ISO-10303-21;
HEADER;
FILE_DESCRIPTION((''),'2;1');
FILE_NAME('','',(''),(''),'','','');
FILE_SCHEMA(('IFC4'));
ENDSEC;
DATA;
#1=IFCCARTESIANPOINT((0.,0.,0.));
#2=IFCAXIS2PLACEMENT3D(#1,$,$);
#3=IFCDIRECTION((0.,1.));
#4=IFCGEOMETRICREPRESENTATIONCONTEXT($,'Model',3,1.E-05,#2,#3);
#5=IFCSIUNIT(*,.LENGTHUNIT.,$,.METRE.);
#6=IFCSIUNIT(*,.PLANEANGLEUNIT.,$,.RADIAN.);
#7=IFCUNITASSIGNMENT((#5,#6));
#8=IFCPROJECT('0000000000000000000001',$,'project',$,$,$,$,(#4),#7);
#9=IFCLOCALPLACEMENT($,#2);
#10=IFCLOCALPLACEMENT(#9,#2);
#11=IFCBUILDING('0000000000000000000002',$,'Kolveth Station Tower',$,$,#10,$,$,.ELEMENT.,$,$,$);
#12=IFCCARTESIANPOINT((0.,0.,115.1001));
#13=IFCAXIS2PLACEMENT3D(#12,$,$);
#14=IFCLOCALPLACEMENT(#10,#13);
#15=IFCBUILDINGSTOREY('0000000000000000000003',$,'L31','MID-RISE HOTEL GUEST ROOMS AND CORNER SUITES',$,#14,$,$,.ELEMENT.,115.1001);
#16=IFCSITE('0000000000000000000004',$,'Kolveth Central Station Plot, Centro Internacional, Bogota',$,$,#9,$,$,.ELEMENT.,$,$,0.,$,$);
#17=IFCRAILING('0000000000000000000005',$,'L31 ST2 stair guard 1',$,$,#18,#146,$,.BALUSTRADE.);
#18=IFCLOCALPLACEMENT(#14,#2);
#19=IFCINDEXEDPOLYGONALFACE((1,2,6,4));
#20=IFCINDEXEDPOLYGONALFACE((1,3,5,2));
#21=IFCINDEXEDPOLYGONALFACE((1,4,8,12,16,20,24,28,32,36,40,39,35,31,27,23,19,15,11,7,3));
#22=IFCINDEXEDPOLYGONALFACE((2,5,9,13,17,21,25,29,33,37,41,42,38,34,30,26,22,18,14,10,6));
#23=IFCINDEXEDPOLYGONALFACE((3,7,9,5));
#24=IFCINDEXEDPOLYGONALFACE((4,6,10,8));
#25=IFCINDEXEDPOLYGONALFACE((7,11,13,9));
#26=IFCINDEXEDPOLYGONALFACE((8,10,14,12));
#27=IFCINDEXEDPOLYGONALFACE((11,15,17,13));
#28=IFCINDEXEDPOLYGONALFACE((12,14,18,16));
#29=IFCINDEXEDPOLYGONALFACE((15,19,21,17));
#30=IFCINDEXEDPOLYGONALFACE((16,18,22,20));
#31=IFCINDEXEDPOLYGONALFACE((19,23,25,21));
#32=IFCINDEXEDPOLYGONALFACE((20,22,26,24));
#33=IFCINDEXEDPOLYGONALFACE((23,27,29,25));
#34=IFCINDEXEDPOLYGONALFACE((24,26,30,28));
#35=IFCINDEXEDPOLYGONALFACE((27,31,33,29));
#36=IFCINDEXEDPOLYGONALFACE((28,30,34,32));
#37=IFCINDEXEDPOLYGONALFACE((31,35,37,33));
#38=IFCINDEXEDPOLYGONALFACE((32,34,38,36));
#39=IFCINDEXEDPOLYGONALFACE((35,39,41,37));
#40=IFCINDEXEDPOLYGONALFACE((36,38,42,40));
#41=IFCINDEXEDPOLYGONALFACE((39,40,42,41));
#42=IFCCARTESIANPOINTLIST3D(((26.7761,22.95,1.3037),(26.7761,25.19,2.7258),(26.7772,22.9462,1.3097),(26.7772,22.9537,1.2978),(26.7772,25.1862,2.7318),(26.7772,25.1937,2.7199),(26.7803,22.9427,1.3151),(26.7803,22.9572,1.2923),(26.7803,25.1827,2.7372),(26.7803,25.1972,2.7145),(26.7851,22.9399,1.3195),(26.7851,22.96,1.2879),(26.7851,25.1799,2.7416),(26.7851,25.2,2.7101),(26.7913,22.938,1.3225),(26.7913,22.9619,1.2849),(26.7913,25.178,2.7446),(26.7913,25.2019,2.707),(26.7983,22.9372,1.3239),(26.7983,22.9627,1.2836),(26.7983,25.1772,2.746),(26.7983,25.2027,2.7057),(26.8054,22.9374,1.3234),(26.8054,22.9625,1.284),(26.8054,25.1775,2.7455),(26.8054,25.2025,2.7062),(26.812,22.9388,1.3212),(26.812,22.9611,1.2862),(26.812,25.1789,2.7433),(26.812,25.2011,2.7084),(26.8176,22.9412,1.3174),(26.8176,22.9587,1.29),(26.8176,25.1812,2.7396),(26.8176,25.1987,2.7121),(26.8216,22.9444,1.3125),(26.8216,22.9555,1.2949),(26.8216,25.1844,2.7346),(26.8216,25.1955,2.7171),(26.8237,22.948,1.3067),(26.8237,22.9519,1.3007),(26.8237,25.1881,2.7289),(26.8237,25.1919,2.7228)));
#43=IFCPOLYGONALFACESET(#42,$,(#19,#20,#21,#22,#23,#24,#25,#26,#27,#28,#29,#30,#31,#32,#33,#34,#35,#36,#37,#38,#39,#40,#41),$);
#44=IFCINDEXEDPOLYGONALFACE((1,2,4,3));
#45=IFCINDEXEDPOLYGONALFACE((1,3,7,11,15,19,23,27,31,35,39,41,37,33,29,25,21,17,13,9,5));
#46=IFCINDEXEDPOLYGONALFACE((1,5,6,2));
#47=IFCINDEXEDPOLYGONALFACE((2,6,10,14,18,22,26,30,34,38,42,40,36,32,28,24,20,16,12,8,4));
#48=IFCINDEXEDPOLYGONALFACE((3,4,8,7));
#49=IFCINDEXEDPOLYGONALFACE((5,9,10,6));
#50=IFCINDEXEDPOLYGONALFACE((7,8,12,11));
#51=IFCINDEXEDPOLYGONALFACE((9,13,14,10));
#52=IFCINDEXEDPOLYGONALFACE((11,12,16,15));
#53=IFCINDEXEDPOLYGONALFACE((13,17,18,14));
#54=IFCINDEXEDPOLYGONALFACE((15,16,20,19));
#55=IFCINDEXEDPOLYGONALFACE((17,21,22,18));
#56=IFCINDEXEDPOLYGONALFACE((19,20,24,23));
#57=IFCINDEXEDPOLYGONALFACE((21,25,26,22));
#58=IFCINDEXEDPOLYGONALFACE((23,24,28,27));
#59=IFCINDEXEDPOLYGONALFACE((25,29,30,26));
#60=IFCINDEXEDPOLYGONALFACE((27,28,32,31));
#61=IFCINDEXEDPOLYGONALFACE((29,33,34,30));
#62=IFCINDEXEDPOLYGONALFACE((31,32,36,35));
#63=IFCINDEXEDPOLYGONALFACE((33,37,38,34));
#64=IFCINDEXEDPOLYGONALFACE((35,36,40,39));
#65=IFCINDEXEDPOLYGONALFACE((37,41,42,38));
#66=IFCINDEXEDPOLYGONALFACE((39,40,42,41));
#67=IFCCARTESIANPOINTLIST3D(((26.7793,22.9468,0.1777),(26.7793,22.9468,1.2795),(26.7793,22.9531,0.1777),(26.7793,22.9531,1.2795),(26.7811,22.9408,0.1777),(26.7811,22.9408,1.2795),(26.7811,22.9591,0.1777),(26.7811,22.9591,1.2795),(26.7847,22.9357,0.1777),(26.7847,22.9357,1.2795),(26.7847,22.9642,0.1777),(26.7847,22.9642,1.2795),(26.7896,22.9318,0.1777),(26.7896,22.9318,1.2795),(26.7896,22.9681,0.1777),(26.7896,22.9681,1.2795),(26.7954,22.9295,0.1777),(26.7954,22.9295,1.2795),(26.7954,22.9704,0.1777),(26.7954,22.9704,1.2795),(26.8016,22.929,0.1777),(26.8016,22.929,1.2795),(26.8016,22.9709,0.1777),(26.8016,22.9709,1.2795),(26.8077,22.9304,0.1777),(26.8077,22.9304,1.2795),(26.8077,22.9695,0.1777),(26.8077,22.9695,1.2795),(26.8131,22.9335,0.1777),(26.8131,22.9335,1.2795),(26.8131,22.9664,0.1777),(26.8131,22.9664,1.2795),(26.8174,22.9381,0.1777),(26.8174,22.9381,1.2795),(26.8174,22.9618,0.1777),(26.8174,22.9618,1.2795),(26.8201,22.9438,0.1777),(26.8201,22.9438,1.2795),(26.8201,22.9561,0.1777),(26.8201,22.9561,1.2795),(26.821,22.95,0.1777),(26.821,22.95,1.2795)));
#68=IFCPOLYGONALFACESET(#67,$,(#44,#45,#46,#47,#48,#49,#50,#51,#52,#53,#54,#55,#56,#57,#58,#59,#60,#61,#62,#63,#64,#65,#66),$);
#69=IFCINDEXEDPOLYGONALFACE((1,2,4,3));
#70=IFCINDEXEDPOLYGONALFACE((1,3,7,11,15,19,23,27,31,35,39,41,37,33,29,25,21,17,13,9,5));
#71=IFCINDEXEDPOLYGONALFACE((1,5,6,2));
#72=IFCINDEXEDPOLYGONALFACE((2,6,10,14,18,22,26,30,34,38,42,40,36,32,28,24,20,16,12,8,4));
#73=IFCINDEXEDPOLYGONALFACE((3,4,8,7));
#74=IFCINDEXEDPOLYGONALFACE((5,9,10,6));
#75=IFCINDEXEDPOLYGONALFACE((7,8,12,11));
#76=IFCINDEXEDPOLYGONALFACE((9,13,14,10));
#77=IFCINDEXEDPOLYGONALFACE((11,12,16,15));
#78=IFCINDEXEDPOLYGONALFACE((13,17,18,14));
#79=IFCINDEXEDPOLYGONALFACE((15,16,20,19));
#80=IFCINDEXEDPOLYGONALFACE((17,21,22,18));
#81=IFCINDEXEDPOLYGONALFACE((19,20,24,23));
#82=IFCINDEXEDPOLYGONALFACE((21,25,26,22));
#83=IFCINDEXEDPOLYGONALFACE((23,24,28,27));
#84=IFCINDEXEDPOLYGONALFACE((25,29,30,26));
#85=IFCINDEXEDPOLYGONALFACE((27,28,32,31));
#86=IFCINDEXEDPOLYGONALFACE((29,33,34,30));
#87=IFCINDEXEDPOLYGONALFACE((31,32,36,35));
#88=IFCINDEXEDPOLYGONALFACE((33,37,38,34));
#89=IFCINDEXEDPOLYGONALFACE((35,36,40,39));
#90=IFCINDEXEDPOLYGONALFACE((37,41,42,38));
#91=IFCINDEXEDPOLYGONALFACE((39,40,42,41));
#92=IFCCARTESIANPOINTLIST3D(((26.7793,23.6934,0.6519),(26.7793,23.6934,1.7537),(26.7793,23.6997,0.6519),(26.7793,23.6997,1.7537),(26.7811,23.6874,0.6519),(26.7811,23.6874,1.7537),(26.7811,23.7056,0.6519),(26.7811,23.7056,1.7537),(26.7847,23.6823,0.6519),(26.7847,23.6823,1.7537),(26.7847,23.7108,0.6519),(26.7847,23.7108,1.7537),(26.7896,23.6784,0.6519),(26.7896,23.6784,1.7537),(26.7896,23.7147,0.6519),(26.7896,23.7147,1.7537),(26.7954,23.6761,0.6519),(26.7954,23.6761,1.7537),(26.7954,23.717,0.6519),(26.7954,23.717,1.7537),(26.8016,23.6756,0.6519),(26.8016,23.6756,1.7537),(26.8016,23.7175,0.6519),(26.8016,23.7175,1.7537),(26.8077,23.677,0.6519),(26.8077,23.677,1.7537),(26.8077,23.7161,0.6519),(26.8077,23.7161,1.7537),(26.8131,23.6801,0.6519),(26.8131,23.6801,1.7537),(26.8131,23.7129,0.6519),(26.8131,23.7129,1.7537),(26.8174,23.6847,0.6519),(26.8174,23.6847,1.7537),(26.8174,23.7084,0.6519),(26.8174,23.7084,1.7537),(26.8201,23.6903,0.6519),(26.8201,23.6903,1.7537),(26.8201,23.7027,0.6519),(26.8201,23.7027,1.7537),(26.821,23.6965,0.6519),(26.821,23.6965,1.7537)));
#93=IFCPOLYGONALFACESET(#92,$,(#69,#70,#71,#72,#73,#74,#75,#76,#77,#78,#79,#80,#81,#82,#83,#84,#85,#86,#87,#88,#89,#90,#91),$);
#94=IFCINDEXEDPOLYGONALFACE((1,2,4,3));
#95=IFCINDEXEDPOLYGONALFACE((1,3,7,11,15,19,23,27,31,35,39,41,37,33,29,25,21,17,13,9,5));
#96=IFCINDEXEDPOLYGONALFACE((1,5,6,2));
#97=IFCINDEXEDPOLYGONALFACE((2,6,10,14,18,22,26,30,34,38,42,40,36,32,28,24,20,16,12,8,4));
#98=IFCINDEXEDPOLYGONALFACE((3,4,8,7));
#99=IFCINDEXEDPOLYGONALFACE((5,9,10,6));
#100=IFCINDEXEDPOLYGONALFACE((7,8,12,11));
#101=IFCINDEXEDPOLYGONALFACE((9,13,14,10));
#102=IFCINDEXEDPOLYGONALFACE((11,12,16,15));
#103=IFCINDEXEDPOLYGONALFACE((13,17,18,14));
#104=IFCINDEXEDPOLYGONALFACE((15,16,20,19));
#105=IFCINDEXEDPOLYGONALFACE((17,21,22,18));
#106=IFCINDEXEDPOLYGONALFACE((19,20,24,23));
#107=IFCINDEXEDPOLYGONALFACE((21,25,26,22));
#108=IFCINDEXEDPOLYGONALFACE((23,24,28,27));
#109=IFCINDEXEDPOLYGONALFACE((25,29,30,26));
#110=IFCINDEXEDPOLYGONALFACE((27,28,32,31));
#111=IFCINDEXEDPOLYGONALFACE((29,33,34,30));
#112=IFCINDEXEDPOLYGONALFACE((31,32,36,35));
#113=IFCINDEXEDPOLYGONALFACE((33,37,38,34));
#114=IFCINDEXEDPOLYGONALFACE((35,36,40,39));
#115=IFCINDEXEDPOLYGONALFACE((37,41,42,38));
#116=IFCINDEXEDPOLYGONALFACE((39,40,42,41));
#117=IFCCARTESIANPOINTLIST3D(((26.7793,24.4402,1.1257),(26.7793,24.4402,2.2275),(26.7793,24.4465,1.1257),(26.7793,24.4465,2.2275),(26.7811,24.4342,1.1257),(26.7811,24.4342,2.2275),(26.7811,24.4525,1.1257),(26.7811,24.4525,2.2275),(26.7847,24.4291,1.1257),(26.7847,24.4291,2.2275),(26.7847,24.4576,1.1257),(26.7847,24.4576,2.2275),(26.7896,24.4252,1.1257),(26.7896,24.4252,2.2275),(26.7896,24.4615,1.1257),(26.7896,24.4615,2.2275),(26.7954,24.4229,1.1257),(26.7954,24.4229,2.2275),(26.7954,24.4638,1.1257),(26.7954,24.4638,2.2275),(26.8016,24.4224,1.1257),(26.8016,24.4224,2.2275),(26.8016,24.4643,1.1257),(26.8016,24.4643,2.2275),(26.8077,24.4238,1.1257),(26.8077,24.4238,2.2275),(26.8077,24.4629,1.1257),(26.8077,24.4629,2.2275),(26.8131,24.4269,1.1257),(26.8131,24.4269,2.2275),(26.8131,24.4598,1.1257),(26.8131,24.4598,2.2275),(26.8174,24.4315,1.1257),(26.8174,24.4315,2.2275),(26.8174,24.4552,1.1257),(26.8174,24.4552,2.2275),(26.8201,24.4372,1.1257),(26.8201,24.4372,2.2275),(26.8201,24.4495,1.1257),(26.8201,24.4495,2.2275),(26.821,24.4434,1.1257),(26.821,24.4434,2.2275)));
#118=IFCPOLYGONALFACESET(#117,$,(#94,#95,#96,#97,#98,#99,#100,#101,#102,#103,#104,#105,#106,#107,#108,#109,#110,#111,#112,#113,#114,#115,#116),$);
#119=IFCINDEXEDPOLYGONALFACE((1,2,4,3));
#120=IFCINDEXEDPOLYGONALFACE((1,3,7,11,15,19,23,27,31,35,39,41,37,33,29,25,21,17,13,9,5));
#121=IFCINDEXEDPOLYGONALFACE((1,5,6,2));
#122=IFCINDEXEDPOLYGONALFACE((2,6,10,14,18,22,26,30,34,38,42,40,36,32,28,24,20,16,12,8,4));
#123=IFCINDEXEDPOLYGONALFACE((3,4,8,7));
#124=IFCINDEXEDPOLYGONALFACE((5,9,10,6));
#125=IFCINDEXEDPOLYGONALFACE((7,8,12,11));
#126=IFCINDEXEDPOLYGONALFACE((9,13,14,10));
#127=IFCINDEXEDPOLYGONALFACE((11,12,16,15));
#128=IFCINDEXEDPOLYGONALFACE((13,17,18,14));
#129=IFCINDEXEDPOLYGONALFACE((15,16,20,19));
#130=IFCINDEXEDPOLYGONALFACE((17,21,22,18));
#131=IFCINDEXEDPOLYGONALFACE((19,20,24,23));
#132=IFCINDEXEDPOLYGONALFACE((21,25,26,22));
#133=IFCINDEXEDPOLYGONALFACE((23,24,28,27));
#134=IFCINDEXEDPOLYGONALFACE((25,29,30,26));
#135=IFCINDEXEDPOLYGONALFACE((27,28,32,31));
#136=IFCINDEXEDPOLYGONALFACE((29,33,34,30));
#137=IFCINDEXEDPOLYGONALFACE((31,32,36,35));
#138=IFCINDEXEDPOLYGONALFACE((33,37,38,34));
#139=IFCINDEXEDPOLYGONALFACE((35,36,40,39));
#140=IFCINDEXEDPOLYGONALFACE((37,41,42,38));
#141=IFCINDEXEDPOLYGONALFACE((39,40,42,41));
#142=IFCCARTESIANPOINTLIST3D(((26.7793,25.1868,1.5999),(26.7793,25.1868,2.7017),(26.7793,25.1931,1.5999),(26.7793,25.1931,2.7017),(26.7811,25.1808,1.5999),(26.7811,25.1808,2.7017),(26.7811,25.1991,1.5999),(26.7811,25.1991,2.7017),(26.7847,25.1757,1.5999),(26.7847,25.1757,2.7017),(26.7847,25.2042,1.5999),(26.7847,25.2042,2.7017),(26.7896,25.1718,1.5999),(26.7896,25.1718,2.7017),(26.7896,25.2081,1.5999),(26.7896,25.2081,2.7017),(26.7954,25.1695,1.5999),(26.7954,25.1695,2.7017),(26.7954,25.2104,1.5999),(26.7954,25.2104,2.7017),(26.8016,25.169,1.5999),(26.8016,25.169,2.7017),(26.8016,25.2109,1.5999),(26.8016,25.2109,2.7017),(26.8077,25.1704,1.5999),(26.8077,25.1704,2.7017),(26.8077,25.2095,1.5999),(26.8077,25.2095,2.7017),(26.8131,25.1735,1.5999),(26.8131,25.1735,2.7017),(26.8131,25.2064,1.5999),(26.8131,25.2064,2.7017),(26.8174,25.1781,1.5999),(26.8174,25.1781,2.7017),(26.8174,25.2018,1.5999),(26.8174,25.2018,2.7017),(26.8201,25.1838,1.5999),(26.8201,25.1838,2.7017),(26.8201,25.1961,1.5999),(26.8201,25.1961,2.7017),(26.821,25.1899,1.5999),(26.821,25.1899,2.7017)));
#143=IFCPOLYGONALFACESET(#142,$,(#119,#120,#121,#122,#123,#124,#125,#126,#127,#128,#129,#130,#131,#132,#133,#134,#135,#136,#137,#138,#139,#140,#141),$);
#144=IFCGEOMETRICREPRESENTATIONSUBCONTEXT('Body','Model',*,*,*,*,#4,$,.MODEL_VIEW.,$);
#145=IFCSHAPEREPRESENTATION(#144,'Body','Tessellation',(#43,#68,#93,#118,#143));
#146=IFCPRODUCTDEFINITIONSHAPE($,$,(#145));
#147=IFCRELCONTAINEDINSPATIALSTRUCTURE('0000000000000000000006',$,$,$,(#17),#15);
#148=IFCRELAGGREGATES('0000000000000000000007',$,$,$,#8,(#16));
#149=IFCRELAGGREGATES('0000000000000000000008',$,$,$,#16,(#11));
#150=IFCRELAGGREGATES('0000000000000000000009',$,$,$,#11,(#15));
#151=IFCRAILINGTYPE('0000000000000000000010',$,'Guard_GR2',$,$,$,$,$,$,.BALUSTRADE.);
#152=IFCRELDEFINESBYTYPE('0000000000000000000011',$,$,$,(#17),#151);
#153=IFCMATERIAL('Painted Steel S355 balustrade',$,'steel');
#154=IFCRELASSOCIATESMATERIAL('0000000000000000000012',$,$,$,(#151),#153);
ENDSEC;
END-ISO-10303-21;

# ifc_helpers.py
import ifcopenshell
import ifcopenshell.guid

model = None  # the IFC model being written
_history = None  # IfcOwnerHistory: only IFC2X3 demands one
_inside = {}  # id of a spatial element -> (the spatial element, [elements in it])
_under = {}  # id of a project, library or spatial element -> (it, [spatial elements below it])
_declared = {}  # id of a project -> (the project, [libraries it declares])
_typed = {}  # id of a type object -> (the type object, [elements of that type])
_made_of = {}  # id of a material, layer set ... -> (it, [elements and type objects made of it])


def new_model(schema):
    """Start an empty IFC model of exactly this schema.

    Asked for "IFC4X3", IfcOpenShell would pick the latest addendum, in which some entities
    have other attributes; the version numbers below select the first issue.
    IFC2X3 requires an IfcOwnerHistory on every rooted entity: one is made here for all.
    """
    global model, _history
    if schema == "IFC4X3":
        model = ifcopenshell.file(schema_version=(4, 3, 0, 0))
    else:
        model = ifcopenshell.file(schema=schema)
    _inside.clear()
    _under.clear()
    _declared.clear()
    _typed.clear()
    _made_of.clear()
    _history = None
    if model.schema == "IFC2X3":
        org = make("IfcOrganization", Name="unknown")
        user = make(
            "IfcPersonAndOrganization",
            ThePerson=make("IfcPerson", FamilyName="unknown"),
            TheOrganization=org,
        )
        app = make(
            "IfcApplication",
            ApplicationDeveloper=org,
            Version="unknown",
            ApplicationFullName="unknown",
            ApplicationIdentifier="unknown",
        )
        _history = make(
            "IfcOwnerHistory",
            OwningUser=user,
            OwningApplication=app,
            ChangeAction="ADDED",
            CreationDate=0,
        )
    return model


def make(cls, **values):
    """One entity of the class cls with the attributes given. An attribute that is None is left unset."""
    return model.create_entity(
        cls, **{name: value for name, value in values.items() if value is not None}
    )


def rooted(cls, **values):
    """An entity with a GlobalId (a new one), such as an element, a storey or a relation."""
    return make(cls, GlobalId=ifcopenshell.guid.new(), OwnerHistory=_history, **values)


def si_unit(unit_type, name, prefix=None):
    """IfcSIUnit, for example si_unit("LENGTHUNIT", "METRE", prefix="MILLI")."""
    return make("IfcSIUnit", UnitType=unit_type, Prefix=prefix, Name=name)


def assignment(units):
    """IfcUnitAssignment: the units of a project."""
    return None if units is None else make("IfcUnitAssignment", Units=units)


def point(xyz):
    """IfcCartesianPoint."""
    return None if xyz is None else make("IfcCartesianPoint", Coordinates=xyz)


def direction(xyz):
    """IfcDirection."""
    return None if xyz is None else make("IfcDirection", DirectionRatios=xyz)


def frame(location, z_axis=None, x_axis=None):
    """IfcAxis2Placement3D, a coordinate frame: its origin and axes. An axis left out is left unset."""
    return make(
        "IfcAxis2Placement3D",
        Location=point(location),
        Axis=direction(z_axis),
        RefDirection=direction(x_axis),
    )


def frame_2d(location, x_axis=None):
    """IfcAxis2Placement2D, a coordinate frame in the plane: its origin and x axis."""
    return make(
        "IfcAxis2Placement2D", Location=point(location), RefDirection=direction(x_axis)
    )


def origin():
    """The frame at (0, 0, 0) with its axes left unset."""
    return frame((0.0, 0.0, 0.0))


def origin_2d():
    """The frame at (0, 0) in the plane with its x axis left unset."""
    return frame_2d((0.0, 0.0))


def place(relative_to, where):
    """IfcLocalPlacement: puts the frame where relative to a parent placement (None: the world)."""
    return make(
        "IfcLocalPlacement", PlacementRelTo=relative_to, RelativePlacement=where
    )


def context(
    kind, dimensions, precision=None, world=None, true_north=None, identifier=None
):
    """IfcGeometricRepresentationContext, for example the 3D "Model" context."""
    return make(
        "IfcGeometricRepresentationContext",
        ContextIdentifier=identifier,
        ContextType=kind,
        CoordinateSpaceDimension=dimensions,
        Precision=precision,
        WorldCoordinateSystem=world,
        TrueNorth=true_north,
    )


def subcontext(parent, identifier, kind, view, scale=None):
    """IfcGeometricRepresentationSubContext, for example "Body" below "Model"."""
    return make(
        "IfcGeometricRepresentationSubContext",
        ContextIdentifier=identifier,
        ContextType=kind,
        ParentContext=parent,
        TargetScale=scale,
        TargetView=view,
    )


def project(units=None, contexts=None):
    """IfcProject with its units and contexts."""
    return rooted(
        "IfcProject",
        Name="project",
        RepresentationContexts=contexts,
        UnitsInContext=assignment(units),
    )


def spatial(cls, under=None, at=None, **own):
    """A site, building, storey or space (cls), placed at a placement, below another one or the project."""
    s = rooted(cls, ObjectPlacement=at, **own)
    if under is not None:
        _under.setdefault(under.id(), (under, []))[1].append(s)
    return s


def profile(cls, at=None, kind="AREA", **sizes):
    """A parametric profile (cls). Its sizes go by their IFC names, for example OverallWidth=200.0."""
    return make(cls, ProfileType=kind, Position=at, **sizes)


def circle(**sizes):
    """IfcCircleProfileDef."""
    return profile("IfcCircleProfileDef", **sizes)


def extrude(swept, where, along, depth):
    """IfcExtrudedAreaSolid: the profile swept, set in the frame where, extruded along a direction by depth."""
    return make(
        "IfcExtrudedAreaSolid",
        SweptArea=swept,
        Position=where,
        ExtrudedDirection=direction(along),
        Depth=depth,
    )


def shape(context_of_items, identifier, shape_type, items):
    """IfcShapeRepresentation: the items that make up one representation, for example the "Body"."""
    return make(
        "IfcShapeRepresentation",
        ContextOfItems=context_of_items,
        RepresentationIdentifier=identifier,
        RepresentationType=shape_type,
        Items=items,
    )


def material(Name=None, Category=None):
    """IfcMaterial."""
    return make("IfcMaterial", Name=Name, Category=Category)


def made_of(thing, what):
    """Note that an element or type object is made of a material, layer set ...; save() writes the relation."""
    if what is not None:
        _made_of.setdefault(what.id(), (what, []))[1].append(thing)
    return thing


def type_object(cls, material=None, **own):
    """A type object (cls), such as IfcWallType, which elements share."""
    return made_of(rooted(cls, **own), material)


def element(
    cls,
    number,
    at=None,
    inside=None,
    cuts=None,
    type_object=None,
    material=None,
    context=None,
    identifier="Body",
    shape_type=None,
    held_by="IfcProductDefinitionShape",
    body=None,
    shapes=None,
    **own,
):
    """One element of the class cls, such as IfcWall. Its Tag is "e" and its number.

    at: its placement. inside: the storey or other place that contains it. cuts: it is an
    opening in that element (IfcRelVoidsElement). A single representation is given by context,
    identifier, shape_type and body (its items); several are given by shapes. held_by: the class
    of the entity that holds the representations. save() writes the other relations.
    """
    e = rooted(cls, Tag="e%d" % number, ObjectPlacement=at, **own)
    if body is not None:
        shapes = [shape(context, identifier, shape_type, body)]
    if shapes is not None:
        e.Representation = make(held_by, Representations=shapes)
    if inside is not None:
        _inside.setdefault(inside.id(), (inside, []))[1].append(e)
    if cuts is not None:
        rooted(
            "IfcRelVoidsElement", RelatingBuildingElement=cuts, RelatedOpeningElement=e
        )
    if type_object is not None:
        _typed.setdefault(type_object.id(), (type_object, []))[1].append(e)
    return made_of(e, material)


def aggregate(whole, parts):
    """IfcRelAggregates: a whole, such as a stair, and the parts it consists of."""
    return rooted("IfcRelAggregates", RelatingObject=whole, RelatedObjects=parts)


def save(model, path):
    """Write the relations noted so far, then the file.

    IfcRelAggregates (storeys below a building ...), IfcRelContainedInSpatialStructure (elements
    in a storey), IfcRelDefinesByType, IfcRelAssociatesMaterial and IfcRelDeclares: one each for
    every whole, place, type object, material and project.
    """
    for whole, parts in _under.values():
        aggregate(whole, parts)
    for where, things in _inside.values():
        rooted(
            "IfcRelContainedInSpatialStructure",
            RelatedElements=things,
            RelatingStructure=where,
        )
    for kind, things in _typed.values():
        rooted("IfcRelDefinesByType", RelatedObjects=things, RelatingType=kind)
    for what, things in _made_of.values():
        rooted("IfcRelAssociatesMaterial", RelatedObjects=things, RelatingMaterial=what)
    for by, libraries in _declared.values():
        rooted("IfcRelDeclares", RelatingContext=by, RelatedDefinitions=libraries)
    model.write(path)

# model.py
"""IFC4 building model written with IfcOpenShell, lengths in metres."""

from ifc_helpers import new_model, si_unit, direction, frame, origin, origin_2d, place, context, subcontext, project, spatial, circle, extrude, material, type_object, element, save


model = new_model("IFC4")

# Units and contexts
model_context = context("Model", 3, precision=1e-05, world=origin(), true_north=direction((0.0, 1.0)))
body_context = subcontext(model_context, "Body", "Model", "MODEL_VIEW")
ifc_project = project(units=[si_unit("LENGTHUNIT", "METRE"), si_unit("PLANEANGLEUNIT", "RADIAN")], contexts=[model_context])

# Site, building, storey
site_placement = place(None, origin())
site = spatial("IfcSite", under=ifc_project, at=site_placement, Name="Kolveth Central Station Plot, Centro Internacional, Bogota", CompositionType="ELEMENT", RefElevation=0.0)
building_placement = place(site_placement, origin())
building = spatial("IfcBuilding", under=site, at=building_placement, Name="Kolveth Station Tower", CompositionType="ELEMENT")
storey_placement = place(building_placement, frame((0.0, 0.0, 115.1001)))
storey = spatial("IfcBuildingStorey", under=building, at=storey_placement, Name="L31", Description="MID-RISE HOTEL GUEST ROOMS AND CORNER SUITES", CompositionType="ELEMENT", Elevation=115.1001)

# Railing
ifc_material_1 = material(Name="Painted Steel S355 balustrade", Category="steel")
railing_type_1 = type_object("IfcRailingType", Name="Guard_GR2", PredefinedType="BALUSTRADE", material=ifc_material_1)
railing_1_placement = place(storey_placement, frame((26.8, 22.95, 0.1777)))
element("IfcRailing", 1, at=railing_1_placement, inside=storey, type_object=railing_type_1, Name="L31 ST2 stair guard 1", PredefinedType="BALUSTRADE", context=body_context, shape_type="SweptSolid", body=[
    extrude(circle(Radius=0.0239, at=origin_2d()), frame((0.0, 0.0, 1.126), z_axis=(0.0, 0.844229, 0.535982), x_axis=(-1.0, 0.0, 0.0)), (0.0, 0.0, 1.0), 2.6533),
    extrude(circle(Radius=0.021, at=origin_2d()), origin(), (0.0, 0.0, 1.0), 1.1018),
    extrude(circle(Radius=0.021, at=origin_2d()), frame((0.0, 0.7466, 0.4741)), (0.0, 0.0, 1.0), 1.1018),
    extrude(circle(Radius=0.021, at=origin_2d()), frame((0.0, 1.4934, 0.948)), (0.0, 0.0, 1.0), 1.1018),
    extrude(circle(Radius=0.021, at=origin_2d()), frame((0.0, 2.24, 1.4221)), (0.0, 0.0, 1.0), 1.1018),
])

save(model, "model.ifc")
